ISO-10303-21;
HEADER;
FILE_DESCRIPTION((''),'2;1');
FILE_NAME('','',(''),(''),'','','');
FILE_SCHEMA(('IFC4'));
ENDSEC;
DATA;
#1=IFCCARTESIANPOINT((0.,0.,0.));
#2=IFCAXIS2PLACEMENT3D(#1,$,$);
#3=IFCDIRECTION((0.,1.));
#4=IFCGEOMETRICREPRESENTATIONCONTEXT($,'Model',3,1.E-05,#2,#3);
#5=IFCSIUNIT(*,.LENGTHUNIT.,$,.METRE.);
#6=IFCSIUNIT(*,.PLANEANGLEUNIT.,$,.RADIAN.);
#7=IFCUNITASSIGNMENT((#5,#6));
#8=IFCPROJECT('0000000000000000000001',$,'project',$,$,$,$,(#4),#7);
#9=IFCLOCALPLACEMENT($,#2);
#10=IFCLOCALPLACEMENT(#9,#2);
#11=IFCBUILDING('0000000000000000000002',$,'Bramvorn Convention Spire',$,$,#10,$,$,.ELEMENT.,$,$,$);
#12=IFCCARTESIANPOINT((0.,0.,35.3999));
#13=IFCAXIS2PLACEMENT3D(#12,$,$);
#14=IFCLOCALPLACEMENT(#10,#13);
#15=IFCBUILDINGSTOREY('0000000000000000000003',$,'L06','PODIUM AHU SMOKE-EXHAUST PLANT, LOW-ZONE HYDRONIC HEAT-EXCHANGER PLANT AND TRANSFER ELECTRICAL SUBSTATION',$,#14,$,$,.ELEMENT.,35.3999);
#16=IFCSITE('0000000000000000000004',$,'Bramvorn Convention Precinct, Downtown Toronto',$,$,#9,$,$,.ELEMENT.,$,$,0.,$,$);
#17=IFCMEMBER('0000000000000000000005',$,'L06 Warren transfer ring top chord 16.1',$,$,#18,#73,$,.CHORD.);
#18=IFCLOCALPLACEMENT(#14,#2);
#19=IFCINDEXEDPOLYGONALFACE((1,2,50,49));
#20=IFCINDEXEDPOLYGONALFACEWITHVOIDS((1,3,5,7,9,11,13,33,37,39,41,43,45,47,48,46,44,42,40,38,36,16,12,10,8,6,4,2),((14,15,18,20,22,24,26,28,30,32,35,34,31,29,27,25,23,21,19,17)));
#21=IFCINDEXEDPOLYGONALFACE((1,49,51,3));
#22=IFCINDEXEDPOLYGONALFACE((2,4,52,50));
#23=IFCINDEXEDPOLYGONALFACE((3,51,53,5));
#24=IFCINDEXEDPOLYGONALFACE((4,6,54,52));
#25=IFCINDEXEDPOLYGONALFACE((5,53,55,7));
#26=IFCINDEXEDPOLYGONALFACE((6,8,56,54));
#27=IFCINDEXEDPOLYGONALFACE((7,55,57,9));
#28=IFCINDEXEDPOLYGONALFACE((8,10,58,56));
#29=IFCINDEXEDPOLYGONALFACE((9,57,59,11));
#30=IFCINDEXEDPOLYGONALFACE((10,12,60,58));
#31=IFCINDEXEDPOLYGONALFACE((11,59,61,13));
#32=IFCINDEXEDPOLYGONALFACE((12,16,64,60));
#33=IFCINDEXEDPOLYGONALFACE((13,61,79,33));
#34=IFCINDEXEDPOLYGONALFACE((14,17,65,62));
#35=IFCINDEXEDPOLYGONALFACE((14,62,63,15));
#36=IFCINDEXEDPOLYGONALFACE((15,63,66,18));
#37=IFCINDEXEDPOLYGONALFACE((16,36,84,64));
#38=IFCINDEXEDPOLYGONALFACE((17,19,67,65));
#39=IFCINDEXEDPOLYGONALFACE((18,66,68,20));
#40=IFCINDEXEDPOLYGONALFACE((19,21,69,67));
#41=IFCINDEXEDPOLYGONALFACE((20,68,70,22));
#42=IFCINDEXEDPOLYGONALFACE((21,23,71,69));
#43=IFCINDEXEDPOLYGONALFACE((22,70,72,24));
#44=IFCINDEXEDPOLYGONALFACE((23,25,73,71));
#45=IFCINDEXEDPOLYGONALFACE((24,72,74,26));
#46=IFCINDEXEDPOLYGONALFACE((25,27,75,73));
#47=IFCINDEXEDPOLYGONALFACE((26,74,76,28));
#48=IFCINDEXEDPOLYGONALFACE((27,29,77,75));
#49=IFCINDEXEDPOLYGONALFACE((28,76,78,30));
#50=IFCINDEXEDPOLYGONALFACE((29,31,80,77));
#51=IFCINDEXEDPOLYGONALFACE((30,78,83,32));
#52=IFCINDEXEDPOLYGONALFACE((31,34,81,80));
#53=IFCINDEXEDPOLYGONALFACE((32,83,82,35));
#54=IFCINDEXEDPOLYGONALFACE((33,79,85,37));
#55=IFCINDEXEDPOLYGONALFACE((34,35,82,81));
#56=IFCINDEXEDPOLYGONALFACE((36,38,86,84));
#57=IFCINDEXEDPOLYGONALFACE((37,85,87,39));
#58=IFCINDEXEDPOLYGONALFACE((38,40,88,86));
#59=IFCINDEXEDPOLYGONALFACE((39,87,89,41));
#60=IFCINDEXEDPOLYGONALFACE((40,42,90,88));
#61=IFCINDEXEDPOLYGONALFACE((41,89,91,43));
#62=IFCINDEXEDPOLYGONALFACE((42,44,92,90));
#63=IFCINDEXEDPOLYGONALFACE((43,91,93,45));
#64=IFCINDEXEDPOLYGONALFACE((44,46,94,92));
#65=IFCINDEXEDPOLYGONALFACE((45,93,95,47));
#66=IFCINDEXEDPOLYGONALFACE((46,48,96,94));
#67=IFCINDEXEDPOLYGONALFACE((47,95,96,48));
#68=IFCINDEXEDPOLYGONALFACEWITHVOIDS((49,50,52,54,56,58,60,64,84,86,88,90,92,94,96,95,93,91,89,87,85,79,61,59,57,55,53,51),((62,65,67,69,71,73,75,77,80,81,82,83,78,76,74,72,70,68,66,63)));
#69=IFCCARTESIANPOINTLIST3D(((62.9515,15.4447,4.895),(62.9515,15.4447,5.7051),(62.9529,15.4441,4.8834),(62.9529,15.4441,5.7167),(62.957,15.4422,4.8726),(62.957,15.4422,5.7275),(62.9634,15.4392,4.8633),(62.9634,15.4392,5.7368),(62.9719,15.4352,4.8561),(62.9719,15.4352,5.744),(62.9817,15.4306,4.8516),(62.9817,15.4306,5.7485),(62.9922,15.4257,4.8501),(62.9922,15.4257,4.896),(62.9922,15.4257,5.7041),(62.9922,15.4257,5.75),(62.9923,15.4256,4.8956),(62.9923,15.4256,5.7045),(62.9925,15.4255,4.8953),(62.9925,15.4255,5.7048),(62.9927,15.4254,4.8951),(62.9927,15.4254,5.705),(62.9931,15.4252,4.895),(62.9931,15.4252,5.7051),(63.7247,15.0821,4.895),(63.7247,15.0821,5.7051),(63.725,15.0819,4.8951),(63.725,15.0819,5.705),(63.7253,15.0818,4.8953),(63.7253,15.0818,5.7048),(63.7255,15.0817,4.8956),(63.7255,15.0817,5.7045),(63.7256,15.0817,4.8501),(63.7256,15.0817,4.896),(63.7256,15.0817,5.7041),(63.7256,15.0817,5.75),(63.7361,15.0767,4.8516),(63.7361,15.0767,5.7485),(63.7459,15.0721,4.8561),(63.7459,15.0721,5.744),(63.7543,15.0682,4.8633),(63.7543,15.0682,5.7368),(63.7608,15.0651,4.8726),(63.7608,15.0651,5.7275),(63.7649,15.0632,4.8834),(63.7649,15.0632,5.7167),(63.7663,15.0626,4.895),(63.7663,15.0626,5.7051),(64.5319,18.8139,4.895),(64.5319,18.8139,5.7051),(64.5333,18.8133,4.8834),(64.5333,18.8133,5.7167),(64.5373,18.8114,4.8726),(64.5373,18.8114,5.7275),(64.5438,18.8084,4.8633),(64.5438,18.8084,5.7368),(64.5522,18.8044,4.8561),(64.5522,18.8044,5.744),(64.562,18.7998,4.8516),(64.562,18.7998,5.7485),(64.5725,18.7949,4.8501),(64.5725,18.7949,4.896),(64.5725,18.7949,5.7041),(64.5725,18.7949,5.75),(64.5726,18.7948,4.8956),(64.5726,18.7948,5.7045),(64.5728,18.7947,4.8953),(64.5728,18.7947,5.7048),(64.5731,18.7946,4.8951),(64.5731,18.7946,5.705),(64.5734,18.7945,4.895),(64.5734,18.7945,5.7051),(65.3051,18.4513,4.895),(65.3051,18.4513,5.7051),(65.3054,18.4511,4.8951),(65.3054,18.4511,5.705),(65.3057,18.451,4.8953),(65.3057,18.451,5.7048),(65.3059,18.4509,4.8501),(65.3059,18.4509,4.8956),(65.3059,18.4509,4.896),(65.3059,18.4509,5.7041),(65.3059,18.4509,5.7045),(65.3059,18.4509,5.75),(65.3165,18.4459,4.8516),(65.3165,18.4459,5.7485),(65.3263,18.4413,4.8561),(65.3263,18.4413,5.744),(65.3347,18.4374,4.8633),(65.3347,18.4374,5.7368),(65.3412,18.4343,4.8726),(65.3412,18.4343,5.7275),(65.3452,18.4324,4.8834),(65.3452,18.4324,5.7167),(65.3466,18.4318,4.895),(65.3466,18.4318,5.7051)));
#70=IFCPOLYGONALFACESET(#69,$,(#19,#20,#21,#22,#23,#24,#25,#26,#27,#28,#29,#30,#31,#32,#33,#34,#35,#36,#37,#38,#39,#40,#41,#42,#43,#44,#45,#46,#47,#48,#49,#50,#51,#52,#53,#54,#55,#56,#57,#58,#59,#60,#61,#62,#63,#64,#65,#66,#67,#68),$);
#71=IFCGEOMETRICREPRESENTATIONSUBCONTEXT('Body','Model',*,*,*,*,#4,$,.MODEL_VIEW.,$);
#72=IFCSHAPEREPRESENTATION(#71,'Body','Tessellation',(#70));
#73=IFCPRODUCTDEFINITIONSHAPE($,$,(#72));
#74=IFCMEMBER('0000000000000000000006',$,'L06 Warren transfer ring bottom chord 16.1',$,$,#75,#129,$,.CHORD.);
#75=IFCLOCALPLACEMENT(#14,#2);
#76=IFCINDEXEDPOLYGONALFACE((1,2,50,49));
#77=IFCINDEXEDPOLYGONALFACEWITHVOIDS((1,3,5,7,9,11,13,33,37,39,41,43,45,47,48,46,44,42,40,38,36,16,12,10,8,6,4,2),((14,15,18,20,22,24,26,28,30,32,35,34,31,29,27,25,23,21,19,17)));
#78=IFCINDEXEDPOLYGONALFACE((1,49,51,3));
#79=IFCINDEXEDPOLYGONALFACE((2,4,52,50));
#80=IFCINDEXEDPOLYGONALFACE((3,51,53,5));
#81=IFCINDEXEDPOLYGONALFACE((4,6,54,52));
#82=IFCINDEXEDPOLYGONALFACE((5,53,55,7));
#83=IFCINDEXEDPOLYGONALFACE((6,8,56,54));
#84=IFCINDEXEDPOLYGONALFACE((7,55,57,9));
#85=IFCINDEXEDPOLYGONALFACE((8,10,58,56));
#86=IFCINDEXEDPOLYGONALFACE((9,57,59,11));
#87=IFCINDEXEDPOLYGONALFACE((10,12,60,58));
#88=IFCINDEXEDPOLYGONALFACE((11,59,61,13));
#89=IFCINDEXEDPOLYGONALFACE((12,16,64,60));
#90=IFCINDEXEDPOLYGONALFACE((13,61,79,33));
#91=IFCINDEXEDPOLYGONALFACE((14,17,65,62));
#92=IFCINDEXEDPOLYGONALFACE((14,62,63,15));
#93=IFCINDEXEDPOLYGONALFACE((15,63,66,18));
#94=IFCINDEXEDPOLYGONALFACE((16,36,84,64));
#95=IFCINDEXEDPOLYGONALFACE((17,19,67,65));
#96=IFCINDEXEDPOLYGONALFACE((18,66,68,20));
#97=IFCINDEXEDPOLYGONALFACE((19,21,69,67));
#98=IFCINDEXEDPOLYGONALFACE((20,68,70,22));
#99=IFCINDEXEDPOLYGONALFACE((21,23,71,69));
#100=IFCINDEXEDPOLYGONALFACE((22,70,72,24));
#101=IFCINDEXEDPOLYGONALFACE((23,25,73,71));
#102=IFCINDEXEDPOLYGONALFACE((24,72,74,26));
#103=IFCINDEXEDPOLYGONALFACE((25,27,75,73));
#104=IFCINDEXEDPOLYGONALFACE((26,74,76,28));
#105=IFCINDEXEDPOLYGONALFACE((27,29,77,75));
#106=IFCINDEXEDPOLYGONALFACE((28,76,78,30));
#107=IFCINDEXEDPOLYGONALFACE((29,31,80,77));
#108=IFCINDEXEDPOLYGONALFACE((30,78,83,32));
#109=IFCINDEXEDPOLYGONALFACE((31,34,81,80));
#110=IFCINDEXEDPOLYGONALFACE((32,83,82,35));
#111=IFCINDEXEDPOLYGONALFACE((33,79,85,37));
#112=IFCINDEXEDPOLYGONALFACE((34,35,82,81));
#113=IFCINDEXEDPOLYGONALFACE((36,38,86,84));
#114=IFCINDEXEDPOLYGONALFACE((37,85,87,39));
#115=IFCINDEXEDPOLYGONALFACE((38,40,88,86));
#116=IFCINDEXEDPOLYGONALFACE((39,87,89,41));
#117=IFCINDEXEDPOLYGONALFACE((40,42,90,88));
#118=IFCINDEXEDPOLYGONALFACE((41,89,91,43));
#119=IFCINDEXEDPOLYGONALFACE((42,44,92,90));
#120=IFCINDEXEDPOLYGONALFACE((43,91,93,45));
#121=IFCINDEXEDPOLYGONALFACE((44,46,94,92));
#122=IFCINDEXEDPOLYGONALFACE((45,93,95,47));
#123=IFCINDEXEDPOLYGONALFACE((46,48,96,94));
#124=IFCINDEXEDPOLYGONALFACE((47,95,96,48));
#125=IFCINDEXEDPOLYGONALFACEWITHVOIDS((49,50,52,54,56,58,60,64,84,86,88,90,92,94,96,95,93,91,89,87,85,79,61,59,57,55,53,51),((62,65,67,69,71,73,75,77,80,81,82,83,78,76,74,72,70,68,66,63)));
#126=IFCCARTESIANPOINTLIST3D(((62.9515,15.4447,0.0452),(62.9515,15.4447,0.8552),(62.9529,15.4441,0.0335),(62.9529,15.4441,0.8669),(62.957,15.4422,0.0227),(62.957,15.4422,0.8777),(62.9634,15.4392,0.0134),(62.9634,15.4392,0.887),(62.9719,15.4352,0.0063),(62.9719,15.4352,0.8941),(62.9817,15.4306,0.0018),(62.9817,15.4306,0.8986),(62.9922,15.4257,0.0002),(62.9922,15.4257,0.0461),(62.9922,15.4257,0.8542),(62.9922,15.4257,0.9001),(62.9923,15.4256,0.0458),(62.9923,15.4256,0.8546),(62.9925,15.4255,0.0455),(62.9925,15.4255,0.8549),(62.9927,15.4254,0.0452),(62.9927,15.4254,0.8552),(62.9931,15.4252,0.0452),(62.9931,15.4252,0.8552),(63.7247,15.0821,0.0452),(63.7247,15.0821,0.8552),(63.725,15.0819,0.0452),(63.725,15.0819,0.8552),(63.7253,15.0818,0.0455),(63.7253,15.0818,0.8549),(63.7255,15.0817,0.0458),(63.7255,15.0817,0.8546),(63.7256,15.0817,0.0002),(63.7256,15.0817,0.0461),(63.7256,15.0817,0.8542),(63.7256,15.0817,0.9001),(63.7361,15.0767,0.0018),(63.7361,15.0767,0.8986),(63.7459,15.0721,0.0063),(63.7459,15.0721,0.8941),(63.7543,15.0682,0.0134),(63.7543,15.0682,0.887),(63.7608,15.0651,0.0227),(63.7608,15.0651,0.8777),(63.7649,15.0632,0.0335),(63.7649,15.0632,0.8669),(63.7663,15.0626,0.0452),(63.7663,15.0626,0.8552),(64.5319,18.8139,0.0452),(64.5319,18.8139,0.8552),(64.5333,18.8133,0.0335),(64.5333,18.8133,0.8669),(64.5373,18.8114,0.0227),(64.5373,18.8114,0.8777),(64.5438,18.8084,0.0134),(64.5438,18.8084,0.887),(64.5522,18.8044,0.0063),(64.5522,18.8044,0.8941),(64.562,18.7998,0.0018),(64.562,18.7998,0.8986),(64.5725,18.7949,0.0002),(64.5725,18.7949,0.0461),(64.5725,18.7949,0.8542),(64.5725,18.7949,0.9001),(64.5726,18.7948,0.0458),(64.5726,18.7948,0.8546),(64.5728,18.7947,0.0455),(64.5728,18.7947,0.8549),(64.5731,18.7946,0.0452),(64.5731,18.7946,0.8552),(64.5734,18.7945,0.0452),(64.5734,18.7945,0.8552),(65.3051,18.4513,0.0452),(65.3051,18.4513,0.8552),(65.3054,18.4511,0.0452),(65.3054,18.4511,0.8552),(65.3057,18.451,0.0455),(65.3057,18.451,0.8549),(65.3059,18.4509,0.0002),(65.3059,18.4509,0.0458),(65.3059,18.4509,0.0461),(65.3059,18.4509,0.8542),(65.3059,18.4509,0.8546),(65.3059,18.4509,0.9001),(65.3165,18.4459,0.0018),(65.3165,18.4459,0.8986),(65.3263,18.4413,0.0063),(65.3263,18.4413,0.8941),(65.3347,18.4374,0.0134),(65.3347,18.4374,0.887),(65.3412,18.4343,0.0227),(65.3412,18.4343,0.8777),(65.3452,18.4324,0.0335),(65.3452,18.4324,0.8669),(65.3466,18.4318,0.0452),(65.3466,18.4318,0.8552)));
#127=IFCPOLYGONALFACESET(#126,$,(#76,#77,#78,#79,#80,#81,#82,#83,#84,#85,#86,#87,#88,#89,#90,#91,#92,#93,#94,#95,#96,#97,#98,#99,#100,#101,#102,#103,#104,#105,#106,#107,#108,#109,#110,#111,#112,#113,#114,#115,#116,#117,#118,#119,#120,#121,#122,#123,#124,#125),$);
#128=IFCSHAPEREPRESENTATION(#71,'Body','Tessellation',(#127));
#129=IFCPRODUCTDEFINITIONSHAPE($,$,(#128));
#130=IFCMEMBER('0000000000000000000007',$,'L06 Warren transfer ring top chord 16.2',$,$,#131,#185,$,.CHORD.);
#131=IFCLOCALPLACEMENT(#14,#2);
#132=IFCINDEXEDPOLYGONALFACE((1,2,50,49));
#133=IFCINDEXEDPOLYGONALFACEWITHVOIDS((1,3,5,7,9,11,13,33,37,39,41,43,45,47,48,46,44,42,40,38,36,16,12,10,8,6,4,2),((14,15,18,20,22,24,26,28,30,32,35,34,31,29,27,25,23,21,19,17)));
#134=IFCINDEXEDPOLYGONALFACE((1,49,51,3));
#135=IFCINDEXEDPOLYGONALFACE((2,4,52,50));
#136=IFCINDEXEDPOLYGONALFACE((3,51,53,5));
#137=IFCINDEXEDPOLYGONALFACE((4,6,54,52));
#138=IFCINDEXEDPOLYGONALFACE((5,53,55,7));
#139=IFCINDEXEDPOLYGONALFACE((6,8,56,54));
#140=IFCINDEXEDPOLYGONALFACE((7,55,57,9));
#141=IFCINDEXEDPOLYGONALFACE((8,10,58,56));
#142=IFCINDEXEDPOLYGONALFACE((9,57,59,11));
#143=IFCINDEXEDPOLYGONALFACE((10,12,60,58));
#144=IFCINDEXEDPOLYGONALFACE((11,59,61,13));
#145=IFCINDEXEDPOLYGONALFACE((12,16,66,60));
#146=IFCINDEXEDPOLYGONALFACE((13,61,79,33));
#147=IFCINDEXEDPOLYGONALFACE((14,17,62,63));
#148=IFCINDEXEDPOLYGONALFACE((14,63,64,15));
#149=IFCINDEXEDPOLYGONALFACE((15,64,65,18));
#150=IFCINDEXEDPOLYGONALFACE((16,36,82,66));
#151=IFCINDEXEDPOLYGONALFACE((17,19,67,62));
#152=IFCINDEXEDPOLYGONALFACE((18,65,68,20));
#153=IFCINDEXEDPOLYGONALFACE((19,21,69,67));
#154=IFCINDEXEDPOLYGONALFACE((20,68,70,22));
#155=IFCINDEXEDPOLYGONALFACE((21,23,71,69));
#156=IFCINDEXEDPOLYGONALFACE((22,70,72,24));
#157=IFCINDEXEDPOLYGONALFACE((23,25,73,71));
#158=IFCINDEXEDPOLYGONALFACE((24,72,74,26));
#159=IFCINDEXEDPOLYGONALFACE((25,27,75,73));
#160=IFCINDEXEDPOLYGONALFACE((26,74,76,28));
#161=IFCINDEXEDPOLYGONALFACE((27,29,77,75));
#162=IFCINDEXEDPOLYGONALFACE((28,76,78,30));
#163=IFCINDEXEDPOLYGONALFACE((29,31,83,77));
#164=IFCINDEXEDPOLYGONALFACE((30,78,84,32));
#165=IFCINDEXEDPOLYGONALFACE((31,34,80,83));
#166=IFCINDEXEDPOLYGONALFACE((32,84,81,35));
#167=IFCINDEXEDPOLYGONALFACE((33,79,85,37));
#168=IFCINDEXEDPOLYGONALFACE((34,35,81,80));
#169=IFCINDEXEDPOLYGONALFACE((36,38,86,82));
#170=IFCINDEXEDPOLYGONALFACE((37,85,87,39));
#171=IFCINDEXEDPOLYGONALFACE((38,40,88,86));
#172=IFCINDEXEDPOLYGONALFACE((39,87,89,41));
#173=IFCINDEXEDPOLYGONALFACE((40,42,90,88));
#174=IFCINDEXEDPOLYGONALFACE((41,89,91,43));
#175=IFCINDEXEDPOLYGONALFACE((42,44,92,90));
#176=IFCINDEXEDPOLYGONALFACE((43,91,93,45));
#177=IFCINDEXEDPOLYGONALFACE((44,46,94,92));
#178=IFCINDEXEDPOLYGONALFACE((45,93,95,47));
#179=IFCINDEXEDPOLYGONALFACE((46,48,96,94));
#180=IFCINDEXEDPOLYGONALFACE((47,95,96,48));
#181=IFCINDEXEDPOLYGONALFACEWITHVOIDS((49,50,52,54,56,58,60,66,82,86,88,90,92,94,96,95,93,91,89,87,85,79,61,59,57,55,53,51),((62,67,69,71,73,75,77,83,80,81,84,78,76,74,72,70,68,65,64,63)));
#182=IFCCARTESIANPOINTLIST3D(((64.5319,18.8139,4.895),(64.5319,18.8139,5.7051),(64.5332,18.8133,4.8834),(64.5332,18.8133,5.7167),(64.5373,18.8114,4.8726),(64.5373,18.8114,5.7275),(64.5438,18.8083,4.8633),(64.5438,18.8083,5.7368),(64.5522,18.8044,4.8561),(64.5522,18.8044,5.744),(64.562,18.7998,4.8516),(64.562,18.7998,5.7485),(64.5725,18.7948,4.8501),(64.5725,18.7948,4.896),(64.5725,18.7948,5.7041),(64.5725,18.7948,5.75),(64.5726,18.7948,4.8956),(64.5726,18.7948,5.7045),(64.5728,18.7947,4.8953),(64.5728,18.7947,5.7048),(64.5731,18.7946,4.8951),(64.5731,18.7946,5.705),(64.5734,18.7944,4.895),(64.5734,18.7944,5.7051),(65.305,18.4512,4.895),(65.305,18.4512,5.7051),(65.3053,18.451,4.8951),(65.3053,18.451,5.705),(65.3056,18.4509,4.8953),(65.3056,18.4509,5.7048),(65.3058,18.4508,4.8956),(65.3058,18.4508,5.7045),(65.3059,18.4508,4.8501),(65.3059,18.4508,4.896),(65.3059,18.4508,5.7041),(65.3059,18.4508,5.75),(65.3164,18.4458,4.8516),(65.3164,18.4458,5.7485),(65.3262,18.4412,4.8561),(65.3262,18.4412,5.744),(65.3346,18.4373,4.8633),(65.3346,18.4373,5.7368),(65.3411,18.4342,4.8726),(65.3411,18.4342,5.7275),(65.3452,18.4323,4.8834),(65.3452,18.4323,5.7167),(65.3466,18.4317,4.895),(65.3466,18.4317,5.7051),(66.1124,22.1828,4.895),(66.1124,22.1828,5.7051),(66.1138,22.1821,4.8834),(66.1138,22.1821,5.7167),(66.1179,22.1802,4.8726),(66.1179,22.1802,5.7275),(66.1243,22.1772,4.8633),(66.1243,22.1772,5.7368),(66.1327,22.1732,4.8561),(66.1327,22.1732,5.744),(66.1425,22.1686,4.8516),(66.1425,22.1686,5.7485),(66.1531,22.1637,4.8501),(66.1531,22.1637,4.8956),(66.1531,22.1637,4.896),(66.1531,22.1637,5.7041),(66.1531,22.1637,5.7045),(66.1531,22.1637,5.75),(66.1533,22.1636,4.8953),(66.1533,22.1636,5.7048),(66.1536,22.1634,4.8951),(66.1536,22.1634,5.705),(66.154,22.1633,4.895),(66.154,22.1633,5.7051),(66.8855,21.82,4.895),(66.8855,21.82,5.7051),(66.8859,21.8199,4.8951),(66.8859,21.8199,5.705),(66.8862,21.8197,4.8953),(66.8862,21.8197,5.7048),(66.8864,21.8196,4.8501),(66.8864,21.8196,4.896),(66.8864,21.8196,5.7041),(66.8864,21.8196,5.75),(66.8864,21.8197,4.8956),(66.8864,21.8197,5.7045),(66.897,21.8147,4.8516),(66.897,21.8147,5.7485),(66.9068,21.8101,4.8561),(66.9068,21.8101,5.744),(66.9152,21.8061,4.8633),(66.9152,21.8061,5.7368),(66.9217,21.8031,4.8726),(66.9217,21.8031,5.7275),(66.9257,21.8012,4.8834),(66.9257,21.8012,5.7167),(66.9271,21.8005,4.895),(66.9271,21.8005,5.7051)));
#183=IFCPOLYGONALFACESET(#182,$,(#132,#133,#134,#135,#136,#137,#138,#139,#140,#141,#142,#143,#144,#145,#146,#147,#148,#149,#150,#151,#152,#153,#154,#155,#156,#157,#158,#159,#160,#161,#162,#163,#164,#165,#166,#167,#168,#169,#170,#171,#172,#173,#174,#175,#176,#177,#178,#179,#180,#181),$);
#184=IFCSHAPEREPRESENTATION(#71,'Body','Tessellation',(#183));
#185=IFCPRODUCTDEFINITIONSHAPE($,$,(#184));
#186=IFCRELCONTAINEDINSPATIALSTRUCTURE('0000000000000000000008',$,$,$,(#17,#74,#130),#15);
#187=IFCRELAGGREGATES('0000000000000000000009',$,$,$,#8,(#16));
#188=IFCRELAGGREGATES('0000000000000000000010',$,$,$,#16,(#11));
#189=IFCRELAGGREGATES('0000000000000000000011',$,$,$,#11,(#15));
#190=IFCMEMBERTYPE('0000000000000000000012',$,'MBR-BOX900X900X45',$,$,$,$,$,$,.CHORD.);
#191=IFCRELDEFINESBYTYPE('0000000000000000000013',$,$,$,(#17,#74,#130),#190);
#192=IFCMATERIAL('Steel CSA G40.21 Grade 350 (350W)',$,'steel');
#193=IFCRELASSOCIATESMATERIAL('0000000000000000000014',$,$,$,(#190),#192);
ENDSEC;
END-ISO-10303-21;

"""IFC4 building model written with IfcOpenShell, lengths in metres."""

from ifc_helpers import new_model, si_unit, direction, frame, origin, origin_2d, place, context, subcontext, project, spatial, hollow_rectangle, extrude, material, material_profile, profile_set, type_object, element, save


model = new_model("IFC4")

# Units and contexts
model_context = context("Model", 3, precision=1e-05, world=origin(), true_north=direction((0.0, 1.0)))
body_context = subcontext(model_context, "Body", "Model", "MODEL_VIEW")
ifc_project = project(units=[si_unit("LENGTHUNIT", "METRE"), si_unit("PLANEANGLEUNIT", "RADIAN")], contexts=[model_context])

# Site, building, storey
site_placement = place(None, origin())
site = spatial("IfcSite", under=ifc_project, at=site_placement, Name="Bramvorn Convention Precinct, Downtown Toronto", CompositionType="ELEMENT", RefElevation=0.0)
building_placement = place(site_placement, origin())
building = spatial("IfcBuilding", under=site, at=building_placement, Name="Bramvorn Convention Spire", CompositionType="ELEMENT")
storey_placement = place(building_placement, frame((0.0, 0.0, 35.3999)))
storey = spatial("IfcBuildingStorey", under=building, at=storey_placement, Name="L06", Description="PODIUM AHU SMOKE-EXHAUST PLANT, LOW-ZONE HYDRONIC HEAT-EXCHANGER PLANT AND TRANSFER ELECTRICAL SUBSTATION", CompositionType="ELEMENT", Elevation=35.3999)

# Shared definitions
ifc_material_1 = material(Name="Steel CSA G40.21 Grade 350 (350W)", Category="steel")

# Members
ifc_material_profile_1 = material_profile(ifc_material_1, hollow_rectangle(XDim=0.8999, YDim=0.8999, WallThickness=0.0449, InnerFilletRadius=0.001, OuterFilletRadius=0.0449, at=origin_2d()))
ifc_profile_set_1 = profile_set([ifc_material_profile_1], Name="Steel CSA G40.21 Grade 350 (350W) - BOX900X900X45")
member_type_1 = type_object("IfcMemberType", Name="MBR-BOX900X900X45", PredefinedType="CHORD", material=ifc_profile_set_1)
for number, where, z_axis, x_axis, name in (
    (1, (63.3589, 15.2537, 5.3), (0.424662, 0.905352, 0.0), (-0.905352, 0.424662, 0.0), "L06 Warren transfer ring top chord 16.1"),
    (2, (63.3589, 15.2537, 0.4502), (0.424662, 0.905352, 0.0), (-0.905352, 0.424662, 0.0), "L06 Warren transfer ring bottom chord 16.1"),
):
    element("IfcMember", number, at=place(storey_placement, frame(where, z_axis=z_axis, x_axis=x_axis)), inside=storey, type_object=member_type_1, Name=name, PredefinedType="CHORD", context=body_context, shape_type="SweptSolid", body=[
        extrude(hollow_rectangle(XDim=0.8999, YDim=0.8999, WallThickness=0.0449, InnerFilletRadius=0.001, OuterFilletRadius=0.0449, at=origin_2d()), origin(), (0.0, 0.0, 1.0), 3.7214),
    ])
for number, where, z_axis, x_axis, name in (
    (3, (64.9392, 18.6228, 5.3), (0.424741, 0.905315, 0.0), (-0.905315, 0.424741, 0.0), "L06 Warren transfer ring top chord 16.2"),
):
    element("IfcMember", number, at=place(storey_placement, frame(where, z_axis=z_axis, x_axis=x_axis)), inside=storey, type_object=member_type_1, Name=name, PredefinedType="CHORD", context=body_context, shape_type="SweptSolid", body=[
        extrude(hollow_rectangle(XDim=0.8999, YDim=0.8999, WallThickness=0.0449, InnerFilletRadius=0.001, OuterFilletRadius=0.0449, at=origin_2d()), origin(), (0.0, 0.0, 1.0), 3.7212),
    ])

save(model, "model.ifc")
